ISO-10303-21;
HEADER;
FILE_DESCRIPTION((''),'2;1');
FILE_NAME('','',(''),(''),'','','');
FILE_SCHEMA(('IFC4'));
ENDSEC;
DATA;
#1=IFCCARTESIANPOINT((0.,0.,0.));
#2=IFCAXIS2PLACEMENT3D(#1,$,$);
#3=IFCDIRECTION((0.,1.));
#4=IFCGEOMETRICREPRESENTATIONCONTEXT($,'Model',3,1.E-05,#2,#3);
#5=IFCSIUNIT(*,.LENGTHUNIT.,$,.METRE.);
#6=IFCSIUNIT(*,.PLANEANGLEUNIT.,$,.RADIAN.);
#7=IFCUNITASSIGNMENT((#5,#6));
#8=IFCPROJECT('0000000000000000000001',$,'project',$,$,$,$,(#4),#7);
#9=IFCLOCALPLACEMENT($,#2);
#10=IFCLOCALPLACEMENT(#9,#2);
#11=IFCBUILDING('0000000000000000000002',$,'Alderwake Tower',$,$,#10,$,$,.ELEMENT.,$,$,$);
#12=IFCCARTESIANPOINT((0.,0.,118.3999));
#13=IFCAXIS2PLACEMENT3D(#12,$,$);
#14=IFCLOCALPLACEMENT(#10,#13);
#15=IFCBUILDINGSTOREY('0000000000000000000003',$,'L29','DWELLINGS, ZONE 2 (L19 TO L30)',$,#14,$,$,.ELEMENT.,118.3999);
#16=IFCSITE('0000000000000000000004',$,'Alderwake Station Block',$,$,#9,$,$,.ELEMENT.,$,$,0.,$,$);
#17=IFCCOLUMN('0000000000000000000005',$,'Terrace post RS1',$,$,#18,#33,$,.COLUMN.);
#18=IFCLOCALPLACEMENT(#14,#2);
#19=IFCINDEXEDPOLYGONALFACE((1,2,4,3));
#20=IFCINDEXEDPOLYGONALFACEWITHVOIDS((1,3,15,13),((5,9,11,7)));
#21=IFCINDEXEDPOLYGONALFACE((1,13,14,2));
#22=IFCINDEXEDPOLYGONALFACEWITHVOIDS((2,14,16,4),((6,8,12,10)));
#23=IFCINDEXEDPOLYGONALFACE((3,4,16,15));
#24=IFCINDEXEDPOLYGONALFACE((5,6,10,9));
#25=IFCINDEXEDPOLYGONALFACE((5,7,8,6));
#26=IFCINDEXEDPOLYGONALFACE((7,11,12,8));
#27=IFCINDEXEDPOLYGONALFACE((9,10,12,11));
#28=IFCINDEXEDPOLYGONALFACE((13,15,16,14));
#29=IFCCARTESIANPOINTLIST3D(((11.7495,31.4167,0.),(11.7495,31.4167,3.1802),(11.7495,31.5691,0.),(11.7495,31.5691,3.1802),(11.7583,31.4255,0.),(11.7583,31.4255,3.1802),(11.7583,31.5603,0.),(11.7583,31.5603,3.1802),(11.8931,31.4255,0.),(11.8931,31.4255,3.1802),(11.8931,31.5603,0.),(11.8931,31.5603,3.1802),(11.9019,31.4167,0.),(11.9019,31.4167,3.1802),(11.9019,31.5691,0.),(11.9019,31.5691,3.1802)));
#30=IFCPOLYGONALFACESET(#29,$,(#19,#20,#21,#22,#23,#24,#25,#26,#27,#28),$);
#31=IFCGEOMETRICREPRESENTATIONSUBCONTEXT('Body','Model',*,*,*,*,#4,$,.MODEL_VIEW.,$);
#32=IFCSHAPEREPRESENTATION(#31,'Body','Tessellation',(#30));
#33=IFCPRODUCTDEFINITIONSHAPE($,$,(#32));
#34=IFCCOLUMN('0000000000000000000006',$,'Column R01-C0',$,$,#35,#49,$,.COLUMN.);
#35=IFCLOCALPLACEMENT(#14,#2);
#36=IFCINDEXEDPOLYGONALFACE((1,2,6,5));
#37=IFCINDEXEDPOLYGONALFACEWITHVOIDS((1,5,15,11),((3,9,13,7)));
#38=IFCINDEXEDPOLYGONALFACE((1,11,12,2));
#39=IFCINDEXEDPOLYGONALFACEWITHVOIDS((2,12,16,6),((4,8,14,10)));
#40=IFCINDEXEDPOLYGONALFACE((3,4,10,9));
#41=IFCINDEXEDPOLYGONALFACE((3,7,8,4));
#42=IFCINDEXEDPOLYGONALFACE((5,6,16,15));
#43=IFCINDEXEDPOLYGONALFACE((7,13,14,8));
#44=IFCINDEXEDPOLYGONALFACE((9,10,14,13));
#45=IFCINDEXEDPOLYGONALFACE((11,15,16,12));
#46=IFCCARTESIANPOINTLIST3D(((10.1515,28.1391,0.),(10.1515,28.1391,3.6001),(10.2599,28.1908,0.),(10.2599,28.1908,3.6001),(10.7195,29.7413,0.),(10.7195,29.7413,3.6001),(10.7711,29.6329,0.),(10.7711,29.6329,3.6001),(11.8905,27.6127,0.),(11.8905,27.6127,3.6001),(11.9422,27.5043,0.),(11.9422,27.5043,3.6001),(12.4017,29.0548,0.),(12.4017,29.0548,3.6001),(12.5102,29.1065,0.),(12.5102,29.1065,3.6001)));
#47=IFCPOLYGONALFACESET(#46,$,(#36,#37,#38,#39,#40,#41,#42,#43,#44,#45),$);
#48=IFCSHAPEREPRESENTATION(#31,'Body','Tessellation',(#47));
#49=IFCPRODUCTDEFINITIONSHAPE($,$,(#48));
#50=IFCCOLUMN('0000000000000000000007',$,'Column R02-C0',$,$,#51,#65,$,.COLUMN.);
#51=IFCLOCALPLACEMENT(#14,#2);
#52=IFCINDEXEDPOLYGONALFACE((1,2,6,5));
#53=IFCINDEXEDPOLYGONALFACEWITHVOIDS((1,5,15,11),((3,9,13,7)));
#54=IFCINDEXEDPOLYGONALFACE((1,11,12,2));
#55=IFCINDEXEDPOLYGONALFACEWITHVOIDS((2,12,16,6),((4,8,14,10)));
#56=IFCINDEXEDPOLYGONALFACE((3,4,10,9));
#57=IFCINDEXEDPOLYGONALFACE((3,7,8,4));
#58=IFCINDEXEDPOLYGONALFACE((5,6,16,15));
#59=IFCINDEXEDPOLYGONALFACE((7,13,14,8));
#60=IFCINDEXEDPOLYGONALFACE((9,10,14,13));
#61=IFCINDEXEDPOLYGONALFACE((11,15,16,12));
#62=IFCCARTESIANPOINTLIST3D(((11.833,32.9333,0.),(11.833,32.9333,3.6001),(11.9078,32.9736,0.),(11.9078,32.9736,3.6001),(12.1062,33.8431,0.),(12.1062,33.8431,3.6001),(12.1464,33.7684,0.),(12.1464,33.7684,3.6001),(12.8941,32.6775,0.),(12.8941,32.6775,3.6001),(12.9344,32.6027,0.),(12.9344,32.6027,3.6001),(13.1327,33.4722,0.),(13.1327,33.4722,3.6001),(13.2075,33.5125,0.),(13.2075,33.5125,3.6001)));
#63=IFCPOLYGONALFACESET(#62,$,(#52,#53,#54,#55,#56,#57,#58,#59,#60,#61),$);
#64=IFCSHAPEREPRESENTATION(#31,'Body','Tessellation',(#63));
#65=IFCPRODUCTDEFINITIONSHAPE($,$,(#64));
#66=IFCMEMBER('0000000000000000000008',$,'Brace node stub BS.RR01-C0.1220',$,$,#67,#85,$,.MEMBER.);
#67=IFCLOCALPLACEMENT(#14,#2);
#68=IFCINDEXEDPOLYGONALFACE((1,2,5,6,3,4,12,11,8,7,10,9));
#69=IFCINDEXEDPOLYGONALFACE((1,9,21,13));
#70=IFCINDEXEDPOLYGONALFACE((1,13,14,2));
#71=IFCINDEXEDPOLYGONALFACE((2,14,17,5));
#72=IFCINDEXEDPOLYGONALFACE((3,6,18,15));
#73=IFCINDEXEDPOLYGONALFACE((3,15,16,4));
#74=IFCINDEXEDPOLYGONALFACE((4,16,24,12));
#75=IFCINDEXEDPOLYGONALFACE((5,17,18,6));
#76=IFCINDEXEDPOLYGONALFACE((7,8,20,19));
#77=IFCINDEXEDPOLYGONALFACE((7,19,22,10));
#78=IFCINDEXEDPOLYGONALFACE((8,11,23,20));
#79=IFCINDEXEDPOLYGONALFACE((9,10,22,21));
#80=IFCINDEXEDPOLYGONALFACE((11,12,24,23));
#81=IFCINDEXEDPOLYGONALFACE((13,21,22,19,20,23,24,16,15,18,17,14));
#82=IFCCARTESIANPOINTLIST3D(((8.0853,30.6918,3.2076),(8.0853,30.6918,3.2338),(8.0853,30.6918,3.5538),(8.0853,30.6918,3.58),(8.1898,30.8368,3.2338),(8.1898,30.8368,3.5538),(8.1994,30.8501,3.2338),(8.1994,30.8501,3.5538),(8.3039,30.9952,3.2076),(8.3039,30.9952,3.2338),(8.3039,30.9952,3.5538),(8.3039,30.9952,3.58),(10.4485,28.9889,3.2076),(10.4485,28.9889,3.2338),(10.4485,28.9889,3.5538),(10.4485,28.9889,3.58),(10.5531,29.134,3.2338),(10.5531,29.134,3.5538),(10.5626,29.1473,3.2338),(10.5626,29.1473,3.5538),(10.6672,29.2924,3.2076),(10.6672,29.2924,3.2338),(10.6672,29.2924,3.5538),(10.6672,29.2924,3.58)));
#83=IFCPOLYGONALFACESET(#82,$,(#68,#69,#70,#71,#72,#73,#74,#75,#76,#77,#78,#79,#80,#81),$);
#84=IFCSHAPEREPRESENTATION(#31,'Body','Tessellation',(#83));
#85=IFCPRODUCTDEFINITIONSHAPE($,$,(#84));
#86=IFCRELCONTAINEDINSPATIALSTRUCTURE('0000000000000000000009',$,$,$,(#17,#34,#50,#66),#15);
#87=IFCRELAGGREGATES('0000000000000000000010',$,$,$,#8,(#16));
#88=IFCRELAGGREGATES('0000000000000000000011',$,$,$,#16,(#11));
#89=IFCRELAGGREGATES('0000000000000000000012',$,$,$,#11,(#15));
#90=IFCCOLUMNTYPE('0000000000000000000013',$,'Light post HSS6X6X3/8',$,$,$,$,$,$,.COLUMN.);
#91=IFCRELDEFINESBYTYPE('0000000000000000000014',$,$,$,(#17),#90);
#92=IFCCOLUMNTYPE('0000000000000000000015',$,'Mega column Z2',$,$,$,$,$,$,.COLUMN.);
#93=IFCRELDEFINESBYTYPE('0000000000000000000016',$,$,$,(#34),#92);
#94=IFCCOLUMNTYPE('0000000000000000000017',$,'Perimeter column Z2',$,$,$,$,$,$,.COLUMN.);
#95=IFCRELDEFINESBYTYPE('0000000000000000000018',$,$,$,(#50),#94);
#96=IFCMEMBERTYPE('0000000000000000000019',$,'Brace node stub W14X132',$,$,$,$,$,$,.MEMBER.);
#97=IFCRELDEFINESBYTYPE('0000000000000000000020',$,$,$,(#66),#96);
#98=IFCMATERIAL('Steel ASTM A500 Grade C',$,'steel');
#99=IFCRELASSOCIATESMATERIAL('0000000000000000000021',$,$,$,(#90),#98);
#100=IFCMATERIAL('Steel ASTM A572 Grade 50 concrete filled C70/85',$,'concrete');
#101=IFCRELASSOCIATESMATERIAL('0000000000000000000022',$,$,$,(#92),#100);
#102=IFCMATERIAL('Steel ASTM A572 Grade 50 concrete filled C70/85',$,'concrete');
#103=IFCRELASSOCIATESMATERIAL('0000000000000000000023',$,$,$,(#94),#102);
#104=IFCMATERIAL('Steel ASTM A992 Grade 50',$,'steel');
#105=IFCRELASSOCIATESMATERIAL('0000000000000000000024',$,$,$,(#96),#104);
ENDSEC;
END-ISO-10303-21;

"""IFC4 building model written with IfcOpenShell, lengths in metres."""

from ifc_helpers import new_model, si_unit, direction, frame, origin, origin_2d, place, context, subcontext, project, spatial, hollow_rectangle, i_section, extrude, material, material_profile, profile_set, type_object, element, save


model = new_model("IFC4")

# Units and contexts
model_context = context("Model", 3, precision=1e-05, world=origin(), true_north=direction((0.0, 1.0)))
body_context = subcontext(model_context, "Body", "Model", "MODEL_VIEW")
ifc_project = project(units=[si_unit("LENGTHUNIT", "METRE"), si_unit("PLANEANGLEUNIT", "RADIAN")], contexts=[model_context])

# Site, building, storey
site_placement = place(None, origin())
site = spatial("IfcSite", under=ifc_project, at=site_placement, Name="Alderwake Station Block", CompositionType="ELEMENT", RefElevation=0.0)
building_placement = place(site_placement, origin())
building = spatial("IfcBuilding", under=site, at=building_placement, Name="Alderwake Tower", CompositionType="ELEMENT")
storey_placement = place(building_placement, frame((0.0, 0.0, 118.3999)))
storey = spatial("IfcBuildingStorey", under=building, at=storey_placement, Name="L29", Description="DWELLINGS, ZONE 2 (L19 TO L30)", CompositionType="ELEMENT", Elevation=118.3999)

# Columns
ifc_material_1 = material(Name="Steel ASTM A500 Grade C", Category="steel")
ifc_material_profile_1 = material_profile(ifc_material_1, hollow_rectangle(XDim=0.1523, YDim=0.1523, WallThickness=0.0088, at=origin_2d()), Name="HSS6X6X3/8")
ifc_profile_set_1 = profile_set([ifc_material_profile_1], Name="Steel ASTM A500 Grade C")
column_type_1 = type_object("IfcColumnType", Name="Light post HSS6X6X3/8", PredefinedType="COLUMN", material=ifc_profile_set_1)
column_1_placement = place(storey_placement, frame((11.8257, 31.4929, 0.0), z_axis=(0.0, 0.0, 1.0), x_axis=(1.0, 0.0, 0.0)))
element("IfcColumn", 1, at=column_1_placement, inside=storey, type_object=column_type_1, Name="Terrace post RS1", PredefinedType="COLUMN", context=body_context, shape_type="SweptSolid", body=[
    extrude(hollow_rectangle(XDim=0.1523, YDim=0.1523, WallThickness=0.0088, at=origin_2d()), origin(), (0.0, 0.0, 1.0), 3.1802),
])
ifc_material_2 = material(Name="Steel ASTM A572 Grade 50 concrete filled C70/85", Category="concrete")
ifc_material_profile_2 = material_profile(ifc_material_2, hollow_rectangle(XDim=1.7, YDim=1.8999, WallThickness=0.085, at=origin_2d()), Name="BOX 1900X1700X85")
ifc_profile_set_2 = profile_set([ifc_material_profile_2], Name="Steel ASTM A572 Grade 50 concrete filled C70/85")
column_type_2 = type_object("IfcColumnType", Name="Mega column Z2", PredefinedType="COLUMN", material=ifc_profile_set_2)
column_2_placement = place(storey_placement, frame((11.3308, 28.6228, 0.0), z_axis=(0.0, 0.0, 1.0), x_axis=(0.334131, 0.942527, 0.0)))
element("IfcColumn", 2, at=column_2_placement, inside=storey, type_object=column_type_2, Name="Column R01-C0", PredefinedType="COLUMN", context=body_context, shape_type="SweptSolid", body=[
    extrude(hollow_rectangle(XDim=1.7, YDim=1.8999, WallThickness=0.085, at=origin_2d()), origin(), (0.0, 0.0, 1.0), 3.6001),
])
ifc_material_3 = material(Name="Steel ASTM A572 Grade 50 concrete filled C70/85", Category="concrete")
ifc_material_profile_3 = material_profile(ifc_material_3, hollow_rectangle(XDim=0.95, YDim=1.1499, WallThickness=0.0601, at=origin_2d()), Name="BOX 1150X950X60")
ifc_profile_set_3 = profile_set([ifc_material_profile_3], Name="Steel ASTM A572 Grade 50 concrete filled C70/85")
column_type_3 = type_object("IfcColumnType", Name="Perimeter column Z2", PredefinedType="COLUMN", material=ifc_profile_set_3)
column_3_placement = place(storey_placement, frame((12.5203, 33.2229, 0.0), z_axis=(0.0, 0.0, 1.0), x_axis=(0.287549, 0.957766, 0.0)))
element("IfcColumn", 3, at=column_3_placement, inside=storey, type_object=column_type_3, Name="Column R02-C0", PredefinedType="COLUMN", context=body_context, shape_type="SweptSolid", body=[
    extrude(hollow_rectangle(XDim=0.95, YDim=1.1499, WallThickness=0.0601, at=origin_2d()), origin(), (0.0, 0.0, 1.0), 3.6001),
])

# Member
ifc_material_4 = material(Name="Steel ASTM A992 Grade 50", Category="steel")
ifc_material_profile_4 = material_profile(ifc_material_4, i_section(OverallWidth=0.374, OverallDepth=0.3723, WebThickness=0.0164, FlangeThickness=0.0261, at=origin_2d()), Name="W14X132")
ifc_profile_set_4 = profile_set([ifc_material_profile_4], Name="Steel ASTM A992 Grade 50")
member_type = type_object("IfcMemberType", Name="Brace node stub W14X132", PredefinedType="MEMBER", material=ifc_profile_set_4)
member_placement = place(storey_placement, frame((10.5579, 29.1406, 3.3938), z_axis=(-0.81132, 0.584603, 0.0), x_axis=(-0.584603, -0.81132, 0.0)))
element("IfcMember", 4, at=member_placement, inside=storey, type_object=member_type, Name="Brace node stub BS.RR01-C0.1220", PredefinedType="MEMBER", context=body_context, shape_type="SweptSolid", body=[
    extrude(i_section(OverallWidth=0.374, OverallDepth=0.3723, WebThickness=0.0164, FlangeThickness=0.0261, at=origin_2d()), origin(), (0.0, 0.0, 1.0), 2.9128),
])

save(model, "model.ifc")
